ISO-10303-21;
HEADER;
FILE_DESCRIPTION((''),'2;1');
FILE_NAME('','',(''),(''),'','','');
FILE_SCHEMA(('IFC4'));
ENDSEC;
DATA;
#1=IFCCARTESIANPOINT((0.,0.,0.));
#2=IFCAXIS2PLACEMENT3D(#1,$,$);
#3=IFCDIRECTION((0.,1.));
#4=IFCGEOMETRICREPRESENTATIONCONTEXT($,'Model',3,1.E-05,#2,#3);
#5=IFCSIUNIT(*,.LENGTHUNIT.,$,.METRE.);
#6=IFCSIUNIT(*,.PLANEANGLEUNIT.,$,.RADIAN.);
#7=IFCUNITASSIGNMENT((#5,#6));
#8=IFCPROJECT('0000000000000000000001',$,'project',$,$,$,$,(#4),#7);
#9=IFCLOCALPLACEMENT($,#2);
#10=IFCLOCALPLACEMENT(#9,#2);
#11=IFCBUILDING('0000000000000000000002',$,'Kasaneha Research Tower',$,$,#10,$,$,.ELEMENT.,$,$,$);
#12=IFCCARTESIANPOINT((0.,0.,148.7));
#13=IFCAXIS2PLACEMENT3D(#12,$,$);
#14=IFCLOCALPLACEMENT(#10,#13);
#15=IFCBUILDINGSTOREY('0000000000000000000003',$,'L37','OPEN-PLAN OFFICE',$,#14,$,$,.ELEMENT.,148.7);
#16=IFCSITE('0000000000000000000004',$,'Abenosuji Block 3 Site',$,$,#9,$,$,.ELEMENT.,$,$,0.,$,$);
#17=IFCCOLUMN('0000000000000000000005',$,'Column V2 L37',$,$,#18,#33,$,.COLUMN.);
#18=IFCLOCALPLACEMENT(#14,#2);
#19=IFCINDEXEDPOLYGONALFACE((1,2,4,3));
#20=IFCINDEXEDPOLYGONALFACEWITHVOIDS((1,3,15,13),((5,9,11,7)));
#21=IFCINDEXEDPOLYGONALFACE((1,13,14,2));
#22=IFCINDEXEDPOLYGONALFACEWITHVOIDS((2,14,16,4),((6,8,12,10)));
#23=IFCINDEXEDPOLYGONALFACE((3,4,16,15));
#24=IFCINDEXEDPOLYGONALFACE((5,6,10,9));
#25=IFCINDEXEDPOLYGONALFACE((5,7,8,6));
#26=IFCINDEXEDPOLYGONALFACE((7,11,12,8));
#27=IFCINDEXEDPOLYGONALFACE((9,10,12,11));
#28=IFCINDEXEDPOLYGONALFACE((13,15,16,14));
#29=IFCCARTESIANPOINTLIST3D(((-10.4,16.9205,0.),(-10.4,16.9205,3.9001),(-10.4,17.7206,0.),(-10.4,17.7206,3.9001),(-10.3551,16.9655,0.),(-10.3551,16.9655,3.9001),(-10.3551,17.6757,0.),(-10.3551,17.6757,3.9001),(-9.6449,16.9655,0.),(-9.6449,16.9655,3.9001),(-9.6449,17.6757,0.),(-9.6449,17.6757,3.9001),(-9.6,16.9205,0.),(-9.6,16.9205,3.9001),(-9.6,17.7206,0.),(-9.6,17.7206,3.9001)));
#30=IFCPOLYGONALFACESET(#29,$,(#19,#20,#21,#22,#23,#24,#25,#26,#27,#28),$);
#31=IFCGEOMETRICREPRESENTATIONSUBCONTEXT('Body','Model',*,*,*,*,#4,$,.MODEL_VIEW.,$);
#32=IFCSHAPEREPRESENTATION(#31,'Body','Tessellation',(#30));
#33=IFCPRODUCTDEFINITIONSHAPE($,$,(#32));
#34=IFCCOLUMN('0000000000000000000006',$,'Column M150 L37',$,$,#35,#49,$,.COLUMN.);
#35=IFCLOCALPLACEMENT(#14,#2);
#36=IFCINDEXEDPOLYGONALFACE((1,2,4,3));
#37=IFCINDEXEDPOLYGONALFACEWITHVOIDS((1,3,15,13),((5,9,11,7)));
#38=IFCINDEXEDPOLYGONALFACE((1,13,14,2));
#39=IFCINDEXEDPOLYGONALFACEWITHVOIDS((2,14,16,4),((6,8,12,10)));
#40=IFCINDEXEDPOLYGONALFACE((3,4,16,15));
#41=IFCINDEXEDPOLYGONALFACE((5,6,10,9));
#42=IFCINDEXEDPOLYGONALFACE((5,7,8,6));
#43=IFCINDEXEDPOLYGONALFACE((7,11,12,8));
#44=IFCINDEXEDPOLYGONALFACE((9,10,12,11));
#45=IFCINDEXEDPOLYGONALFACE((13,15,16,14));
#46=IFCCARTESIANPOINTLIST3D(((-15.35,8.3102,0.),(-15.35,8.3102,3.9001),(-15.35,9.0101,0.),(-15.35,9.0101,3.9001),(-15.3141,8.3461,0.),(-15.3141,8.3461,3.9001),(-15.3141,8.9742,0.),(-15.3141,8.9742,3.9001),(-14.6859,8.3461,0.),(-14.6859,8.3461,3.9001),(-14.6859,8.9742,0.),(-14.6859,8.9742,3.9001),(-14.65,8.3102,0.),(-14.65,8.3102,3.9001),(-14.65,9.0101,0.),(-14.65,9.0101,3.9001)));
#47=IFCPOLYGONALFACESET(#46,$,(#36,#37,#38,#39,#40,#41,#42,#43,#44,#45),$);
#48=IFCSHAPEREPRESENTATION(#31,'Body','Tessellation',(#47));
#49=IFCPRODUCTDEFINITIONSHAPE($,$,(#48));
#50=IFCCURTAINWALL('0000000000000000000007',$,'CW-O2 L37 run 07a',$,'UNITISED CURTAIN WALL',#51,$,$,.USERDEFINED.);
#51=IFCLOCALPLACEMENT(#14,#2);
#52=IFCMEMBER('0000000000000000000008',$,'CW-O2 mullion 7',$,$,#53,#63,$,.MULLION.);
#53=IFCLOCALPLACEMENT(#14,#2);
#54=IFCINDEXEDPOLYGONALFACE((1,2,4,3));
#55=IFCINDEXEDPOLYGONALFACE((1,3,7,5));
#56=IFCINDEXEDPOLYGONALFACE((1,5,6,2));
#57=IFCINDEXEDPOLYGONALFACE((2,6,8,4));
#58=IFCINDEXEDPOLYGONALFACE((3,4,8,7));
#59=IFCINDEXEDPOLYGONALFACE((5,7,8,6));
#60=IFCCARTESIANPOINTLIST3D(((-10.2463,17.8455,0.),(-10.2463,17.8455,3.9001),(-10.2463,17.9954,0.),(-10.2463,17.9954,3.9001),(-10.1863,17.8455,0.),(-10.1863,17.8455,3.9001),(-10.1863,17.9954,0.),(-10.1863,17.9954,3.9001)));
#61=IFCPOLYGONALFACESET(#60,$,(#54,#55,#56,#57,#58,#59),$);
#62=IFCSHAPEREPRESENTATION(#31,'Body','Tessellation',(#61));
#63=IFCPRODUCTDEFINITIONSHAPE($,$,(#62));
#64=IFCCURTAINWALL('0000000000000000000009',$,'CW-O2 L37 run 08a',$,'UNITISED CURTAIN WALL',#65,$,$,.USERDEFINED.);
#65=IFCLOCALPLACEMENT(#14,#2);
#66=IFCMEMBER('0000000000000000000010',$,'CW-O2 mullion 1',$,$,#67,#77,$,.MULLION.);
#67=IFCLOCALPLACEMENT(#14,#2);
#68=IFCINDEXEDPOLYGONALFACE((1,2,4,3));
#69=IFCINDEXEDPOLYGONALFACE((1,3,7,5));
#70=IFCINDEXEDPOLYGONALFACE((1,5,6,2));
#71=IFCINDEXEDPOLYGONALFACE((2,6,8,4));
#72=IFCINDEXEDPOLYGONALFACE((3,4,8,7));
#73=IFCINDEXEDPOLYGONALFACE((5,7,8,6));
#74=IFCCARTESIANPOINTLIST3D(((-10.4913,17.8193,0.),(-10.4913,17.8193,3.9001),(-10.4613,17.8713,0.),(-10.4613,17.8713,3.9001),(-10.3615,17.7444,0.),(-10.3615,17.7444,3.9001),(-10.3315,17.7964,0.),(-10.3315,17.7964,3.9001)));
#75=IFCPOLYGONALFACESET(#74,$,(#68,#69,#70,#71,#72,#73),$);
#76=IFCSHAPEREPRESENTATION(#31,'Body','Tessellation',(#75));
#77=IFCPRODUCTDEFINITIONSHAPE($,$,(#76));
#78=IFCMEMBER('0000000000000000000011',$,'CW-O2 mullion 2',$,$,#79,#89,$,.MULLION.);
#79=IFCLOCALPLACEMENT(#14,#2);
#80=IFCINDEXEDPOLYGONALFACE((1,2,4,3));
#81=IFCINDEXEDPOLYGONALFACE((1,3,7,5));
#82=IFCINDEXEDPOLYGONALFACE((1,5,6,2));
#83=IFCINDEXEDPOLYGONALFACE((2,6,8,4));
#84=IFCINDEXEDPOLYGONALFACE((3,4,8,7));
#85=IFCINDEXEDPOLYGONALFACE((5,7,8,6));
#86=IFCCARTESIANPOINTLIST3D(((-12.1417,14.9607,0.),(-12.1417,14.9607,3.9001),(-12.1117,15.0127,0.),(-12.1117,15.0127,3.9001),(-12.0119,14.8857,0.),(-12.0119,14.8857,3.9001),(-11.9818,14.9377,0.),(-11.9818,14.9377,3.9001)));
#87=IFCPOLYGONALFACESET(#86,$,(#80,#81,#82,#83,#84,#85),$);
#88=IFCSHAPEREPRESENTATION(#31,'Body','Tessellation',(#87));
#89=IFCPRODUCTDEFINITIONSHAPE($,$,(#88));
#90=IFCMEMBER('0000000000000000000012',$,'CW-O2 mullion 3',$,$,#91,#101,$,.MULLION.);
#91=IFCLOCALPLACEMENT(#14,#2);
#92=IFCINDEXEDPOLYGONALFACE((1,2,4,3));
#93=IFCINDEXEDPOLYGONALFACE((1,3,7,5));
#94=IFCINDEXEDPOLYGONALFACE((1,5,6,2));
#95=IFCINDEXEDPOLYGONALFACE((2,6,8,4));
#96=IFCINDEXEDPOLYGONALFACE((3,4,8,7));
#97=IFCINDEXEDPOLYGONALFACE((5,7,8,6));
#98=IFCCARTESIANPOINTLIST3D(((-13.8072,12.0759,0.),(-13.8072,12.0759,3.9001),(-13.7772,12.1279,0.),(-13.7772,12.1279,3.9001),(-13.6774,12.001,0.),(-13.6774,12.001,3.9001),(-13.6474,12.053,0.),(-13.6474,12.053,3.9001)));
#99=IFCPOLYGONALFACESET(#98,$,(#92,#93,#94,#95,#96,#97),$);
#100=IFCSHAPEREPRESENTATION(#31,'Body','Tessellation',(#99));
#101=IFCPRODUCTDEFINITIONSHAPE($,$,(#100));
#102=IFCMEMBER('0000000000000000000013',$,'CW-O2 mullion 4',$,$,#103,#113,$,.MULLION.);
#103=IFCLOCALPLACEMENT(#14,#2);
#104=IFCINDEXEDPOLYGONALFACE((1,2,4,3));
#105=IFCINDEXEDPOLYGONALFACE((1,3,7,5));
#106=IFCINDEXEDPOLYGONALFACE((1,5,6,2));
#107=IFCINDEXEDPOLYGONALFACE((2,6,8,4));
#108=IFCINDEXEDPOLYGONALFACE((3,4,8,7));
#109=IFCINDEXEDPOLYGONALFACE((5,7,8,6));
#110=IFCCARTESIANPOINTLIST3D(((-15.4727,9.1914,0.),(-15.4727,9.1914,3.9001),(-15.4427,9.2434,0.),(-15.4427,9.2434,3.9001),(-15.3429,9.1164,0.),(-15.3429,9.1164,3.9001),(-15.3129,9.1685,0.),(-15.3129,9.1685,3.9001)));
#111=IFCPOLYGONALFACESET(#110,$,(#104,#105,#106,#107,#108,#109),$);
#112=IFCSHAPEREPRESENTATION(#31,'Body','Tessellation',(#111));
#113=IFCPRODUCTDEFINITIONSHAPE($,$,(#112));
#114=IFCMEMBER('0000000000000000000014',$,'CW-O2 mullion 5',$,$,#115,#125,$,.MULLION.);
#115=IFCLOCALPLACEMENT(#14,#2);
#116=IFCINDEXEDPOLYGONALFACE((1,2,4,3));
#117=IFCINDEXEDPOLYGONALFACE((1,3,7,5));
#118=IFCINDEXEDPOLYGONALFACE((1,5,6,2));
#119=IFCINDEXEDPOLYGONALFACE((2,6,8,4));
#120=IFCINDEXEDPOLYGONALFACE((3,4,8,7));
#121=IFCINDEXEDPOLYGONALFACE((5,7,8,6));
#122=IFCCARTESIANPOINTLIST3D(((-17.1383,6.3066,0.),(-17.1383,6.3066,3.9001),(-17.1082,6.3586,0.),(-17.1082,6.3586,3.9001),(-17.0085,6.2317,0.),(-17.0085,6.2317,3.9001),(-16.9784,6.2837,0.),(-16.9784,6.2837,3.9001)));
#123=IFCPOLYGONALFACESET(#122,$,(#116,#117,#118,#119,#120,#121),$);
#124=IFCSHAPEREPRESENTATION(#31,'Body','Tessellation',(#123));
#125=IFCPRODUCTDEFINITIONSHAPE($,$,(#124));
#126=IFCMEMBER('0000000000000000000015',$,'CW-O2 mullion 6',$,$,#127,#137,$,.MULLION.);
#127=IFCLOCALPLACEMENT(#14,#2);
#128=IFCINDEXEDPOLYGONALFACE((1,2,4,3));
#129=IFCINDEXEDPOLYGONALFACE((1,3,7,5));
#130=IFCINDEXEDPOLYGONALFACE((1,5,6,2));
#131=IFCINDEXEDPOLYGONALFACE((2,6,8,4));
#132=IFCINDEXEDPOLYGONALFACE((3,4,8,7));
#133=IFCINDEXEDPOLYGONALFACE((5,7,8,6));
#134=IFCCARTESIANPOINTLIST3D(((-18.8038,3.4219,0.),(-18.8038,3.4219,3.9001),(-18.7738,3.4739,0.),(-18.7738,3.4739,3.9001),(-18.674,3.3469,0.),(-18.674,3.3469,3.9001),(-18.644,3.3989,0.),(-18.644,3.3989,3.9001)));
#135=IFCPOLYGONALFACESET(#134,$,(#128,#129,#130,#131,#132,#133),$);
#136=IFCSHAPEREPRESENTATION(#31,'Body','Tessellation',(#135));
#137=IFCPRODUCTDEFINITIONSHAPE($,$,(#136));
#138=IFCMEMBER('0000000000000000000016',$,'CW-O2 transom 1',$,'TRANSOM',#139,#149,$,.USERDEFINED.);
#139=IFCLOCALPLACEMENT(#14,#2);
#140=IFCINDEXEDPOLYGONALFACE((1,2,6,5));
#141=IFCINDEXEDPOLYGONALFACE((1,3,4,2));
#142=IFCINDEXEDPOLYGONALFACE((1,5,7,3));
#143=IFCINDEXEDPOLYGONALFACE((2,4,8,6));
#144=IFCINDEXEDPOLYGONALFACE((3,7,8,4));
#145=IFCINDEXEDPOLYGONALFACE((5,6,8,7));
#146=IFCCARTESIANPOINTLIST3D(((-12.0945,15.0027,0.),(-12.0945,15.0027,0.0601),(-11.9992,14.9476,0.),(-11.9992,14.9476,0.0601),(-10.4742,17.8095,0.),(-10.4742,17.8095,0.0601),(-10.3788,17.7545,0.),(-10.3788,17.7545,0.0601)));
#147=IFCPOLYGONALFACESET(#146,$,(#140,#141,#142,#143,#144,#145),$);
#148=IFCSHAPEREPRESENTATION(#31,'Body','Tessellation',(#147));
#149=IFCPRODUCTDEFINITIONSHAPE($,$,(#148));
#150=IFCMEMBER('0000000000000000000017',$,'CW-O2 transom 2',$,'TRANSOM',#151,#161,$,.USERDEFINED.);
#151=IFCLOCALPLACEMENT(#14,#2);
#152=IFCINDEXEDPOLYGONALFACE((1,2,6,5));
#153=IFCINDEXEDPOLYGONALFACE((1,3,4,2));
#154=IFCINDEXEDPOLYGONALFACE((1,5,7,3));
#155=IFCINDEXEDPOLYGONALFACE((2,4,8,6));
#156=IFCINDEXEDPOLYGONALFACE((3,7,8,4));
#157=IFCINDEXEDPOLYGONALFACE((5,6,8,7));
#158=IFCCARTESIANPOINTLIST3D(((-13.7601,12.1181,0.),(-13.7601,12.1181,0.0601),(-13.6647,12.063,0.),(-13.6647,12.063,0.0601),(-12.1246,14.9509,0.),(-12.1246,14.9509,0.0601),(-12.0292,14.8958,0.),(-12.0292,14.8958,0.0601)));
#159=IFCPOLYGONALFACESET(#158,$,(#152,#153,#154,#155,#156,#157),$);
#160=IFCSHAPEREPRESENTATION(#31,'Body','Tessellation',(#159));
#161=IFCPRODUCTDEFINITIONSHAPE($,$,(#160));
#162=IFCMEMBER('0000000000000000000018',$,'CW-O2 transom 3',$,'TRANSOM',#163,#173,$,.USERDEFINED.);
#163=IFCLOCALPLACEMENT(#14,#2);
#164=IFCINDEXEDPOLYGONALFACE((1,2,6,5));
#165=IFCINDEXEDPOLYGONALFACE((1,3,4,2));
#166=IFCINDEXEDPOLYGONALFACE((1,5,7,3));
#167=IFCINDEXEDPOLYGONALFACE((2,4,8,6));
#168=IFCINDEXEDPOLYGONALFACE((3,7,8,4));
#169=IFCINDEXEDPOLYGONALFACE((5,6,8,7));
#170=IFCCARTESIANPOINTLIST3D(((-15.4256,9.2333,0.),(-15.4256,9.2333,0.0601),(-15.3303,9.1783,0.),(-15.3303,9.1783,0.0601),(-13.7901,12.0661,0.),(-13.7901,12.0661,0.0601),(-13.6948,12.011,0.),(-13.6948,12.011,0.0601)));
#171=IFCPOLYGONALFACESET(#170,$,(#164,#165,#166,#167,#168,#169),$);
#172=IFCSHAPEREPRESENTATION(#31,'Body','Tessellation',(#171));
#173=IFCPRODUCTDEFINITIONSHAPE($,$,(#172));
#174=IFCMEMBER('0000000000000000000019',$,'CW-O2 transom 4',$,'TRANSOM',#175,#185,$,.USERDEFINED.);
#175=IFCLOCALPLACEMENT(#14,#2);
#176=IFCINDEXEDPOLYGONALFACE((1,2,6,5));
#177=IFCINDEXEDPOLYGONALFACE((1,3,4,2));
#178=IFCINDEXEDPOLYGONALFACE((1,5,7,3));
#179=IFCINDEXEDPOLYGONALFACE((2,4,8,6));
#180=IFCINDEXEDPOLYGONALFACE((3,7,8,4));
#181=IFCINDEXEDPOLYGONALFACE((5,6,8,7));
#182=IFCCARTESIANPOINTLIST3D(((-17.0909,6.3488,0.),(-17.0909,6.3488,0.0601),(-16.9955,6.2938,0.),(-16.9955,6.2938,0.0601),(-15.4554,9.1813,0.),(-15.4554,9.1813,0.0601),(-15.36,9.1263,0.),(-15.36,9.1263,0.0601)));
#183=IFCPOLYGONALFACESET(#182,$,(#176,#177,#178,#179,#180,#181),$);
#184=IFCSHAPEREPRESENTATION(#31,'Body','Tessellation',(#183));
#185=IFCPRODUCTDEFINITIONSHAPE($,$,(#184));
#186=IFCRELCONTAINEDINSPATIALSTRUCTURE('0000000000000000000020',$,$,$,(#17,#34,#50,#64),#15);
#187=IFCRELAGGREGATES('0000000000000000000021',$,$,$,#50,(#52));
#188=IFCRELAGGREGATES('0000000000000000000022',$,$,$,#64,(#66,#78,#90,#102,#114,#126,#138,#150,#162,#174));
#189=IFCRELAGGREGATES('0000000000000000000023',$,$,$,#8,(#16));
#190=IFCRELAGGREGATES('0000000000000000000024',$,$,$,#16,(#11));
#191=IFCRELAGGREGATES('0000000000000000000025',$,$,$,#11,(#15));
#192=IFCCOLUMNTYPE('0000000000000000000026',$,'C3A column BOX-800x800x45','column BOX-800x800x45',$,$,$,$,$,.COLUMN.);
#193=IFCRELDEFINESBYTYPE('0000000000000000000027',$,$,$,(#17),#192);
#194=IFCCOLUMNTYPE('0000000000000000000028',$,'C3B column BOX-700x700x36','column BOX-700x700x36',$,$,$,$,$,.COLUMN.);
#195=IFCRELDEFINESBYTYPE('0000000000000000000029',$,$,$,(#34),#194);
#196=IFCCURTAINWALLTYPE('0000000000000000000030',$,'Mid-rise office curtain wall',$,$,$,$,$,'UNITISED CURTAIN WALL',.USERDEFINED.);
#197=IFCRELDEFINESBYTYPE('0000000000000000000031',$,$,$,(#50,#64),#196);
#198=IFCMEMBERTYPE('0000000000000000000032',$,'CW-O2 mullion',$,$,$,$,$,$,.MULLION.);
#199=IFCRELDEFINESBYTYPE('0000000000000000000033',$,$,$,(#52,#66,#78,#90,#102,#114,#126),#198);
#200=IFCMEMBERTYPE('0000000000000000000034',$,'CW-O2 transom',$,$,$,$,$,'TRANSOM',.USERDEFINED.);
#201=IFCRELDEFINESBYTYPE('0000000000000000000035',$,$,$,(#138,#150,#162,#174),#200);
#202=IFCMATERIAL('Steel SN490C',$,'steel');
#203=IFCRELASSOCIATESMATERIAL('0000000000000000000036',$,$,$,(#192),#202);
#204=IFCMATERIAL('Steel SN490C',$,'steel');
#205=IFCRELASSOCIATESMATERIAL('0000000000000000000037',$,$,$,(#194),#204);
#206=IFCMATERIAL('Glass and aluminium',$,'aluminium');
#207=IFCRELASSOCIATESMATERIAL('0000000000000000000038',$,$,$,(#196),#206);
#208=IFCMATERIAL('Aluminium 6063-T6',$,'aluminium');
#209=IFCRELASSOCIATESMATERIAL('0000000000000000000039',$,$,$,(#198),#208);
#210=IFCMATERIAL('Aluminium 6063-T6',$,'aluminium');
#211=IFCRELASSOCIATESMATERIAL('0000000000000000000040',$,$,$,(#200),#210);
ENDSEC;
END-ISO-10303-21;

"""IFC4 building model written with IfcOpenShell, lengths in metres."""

from ifc_helpers import new_model, si_unit, direction, frame, origin, origin_2d, place, context, subcontext, project, spatial, rectangle, hollow_rectangle, extrude, material, material_profile, profile_set, type_object, element, aggregate, save


model = new_model("IFC4")

# Units and contexts
model_context = context("Model", 3, precision=1e-05, world=origin(), true_north=direction((0.0, 1.0)))
body_context = subcontext(model_context, "Body", "Model", "MODEL_VIEW")
ifc_project = project(units=[si_unit("LENGTHUNIT", "METRE"), si_unit("PLANEANGLEUNIT", "RADIAN")], contexts=[model_context])

# Site, building, storey
site_placement = place(None, origin())
site = spatial("IfcSite", under=ifc_project, at=site_placement, Name="Abenosuji Block 3 Site", CompositionType="ELEMENT", RefElevation=0.0)
building_placement = place(site_placement, origin())
building = spatial("IfcBuilding", under=site, at=building_placement, Name="Kasaneha Research Tower", CompositionType="ELEMENT")
storey_placement = place(building_placement, frame((0.0, 0.0, 148.7)))
storey = spatial("IfcBuildingStorey", under=building, at=storey_placement, Name="L37", Description="OPEN-PLAN OFFICE", CompositionType="ELEMENT", Elevation=148.7)

# Columns
ifc_material_1 = material(Name="Steel SN490C", Category="steel")
ifc_material_profile_1 = material_profile(ifc_material_1, hollow_rectangle(XDim=0.8, YDim=0.8, WallThickness=0.0449, at=origin_2d()), Name="BOX-800x800x45")
ifc_profile_set_1 = profile_set([ifc_material_profile_1], Name="Steel SN490C")
column_type_1 = type_object("IfcColumnType", Name="C3A column BOX-800x800x45", Description="column BOX-800x800x45", PredefinedType="COLUMN", material=ifc_profile_set_1)
column_1_placement = place(storey_placement, frame((-10.0, 17.3206, 0.0), z_axis=(0.0, 0.0, 1.0), x_axis=(1.0, 0.0, 0.0)))
element("IfcColumn", 1, at=column_1_placement, inside=storey, type_object=column_type_1, Name="Column V2 L37", PredefinedType="COLUMN", context=body_context, shape_type="SweptSolid", body=[
    extrude(hollow_rectangle(XDim=0.8, YDim=0.8, WallThickness=0.0449, at=origin_2d()), origin(), (0.0, 0.0, 1.0), 3.9001),
])
ifc_material_2 = material(Name="Steel SN490C", Category="steel")
ifc_material_profile_2 = material_profile(ifc_material_2, hollow_rectangle(XDim=0.7, YDim=0.7, WallThickness=0.0359, at=origin_2d()), Name="BOX-700x700x36")
ifc_profile_set_2 = profile_set([ifc_material_profile_2], Name="Steel SN490C")
column_type_2 = type_object("IfcColumnType", Name="C3B column BOX-700x700x36", Description="column BOX-700x700x36", PredefinedType="COLUMN", material=ifc_profile_set_2)
column_2_placement = place(storey_placement, frame((-15.0, 8.6602, 0.0), z_axis=(0.0, 0.0, 1.0), x_axis=(1.0, 0.0, 0.0)))
element("IfcColumn", 2, at=column_2_placement, inside=storey, type_object=column_type_2, Name="Column M150 L37", PredefinedType="COLUMN", context=body_context, shape_type="SweptSolid", body=[
    extrude(hollow_rectangle(XDim=0.7, YDim=0.7, WallThickness=0.0359, at=origin_2d()), origin(), (0.0, 0.0, 1.0), 3.9001),
])

# Curtain wall, member
ifc_material_3 = material(Name="Glass and aluminium", Category="aluminium")
curtain_wall_type = type_object("IfcCurtainWallType", Name="Mid-rise office curtain wall", ElementType="UNITISED CURTAIN WALL", PredefinedType="USERDEFINED", material=ifc_material_3)
curtain_wall_1_placement = place(storey_placement, origin())
curtain_wall_1 = element("IfcCurtainWall", 3, at=curtain_wall_1_placement, inside=storey, type_object=curtain_wall_type, Name="CW-O2 L37 run 07a", ObjectType="UNITISED CURTAIN WALL", PredefinedType="USERDEFINED")
ifc_material_4 = material(Name="Aluminium 6063-T6", Category="aluminium")
ifc_material_profile_3 = material_profile(ifc_material_4, rectangle(XDim=0.0601, YDim=0.1499, at=origin_2d()), Name="CW-O2 mullion 60x150")
ifc_profile_set_3 = profile_set([ifc_material_profile_3], Name="Aluminium 6063-T6")
member_type_1 = type_object("IfcMemberType", Name="CW-O2 mullion", PredefinedType="MULLION", material=ifc_profile_set_3)
member_1_placement = place(storey_placement, frame((-10.2163, 17.9204, 0.0), z_axis=(0.0, 0.0, 1.0), x_axis=(-1.0, 0.0, 0.0)))
member_1 = element("IfcMember", 4, at=member_1_placement, type_object=member_type_1, Name="CW-O2 mullion 7", PredefinedType="MULLION", context=body_context, shape_type="SweptSolid", body=[
    extrude(rectangle(XDim=0.0601, YDim=0.1499, at=origin_2d()), origin(), (0.0, 0.0, 1.0), 3.9001),
])
aggregate(curtain_wall_1, [member_1])

# Curtain wall, members
curtain_wall_2_placement = place(storey_placement, origin())
curtain_wall_2 = element("IfcCurtainWall", 5, at=curtain_wall_2_placement, inside=storey, type_object=curtain_wall_type, Name="CW-O2 L37 run 08a", ObjectType="UNITISED CURTAIN WALL", PredefinedType="USERDEFINED")
member_2_placement = place(storey_placement, frame((-10.4114, 17.8079, 0.0), z_axis=(0.0, 0.0, 1.0), x_axis=(-0.5, -0.866025, 0.0)))
member_2 = element("IfcMember", 6, at=member_2_placement, type_object=member_type_1, Name="CW-O2 mullion 1", PredefinedType="MULLION", context=body_context, shape_type="SweptSolid", body=[
    extrude(rectangle(XDim=0.0601, YDim=0.1499, at=origin_2d()), origin(), (0.0, 0.0, 1.0), 3.9001),
])
member_3_placement = place(storey_placement, frame((-12.0618, 14.9492, 0.0), z_axis=(0.0, 0.0, 1.0), x_axis=(-0.5, -0.866025, 0.0)))
member_3 = element("IfcMember", 7, at=member_3_placement, type_object=member_type_1, Name="CW-O2 mullion 2", PredefinedType="MULLION", context=body_context, shape_type="SweptSolid", body=[
    extrude(rectangle(XDim=0.0601, YDim=0.1499, at=origin_2d()), origin(), (0.0, 0.0, 1.0), 3.9001),
])
member_4_placement = place(storey_placement, frame((-13.7273, 12.0645, 0.0), z_axis=(0.0, 0.0, 1.0), x_axis=(-0.5, -0.866025, 0.0)))
member_4 = element("IfcMember", 8, at=member_4_placement, type_object=member_type_1, Name="CW-O2 mullion 3", PredefinedType="MULLION", context=body_context, shape_type="SweptSolid", body=[
    extrude(rectangle(XDim=0.0601, YDim=0.1499, at=origin_2d()), origin(), (0.0, 0.0, 1.0), 3.9001),
])
member_5_placement = place(storey_placement, frame((-15.3928, 9.1799, 0.0), z_axis=(0.0, 0.0, 1.0), x_axis=(-0.5, -0.866025, 0.0)))
member_5 = element("IfcMember", 9, at=member_5_placement, type_object=member_type_1, Name="CW-O2 mullion 4", PredefinedType="MULLION", context=body_context, shape_type="SweptSolid", body=[
    extrude(rectangle(XDim=0.0601, YDim=0.1499, at=origin_2d()), origin(), (0.0, 0.0, 1.0), 3.9001),
])
member_6_placement = place(storey_placement, frame((-17.0583, 6.2952, 0.0), z_axis=(0.0, 0.0, 1.0), x_axis=(-0.5, -0.866025, 0.0)))
member_6 = element("IfcMember", 10, at=member_6_placement, type_object=member_type_1, Name="CW-O2 mullion 5", PredefinedType="MULLION", context=body_context, shape_type="SweptSolid", body=[
    extrude(rectangle(XDim=0.0601, YDim=0.1499, at=origin_2d()), origin(), (0.0, 0.0, 1.0), 3.9001),
])
member_7_placement = place(storey_placement, frame((-18.7239, 3.4104, 0.0), z_axis=(0.0, 0.0, 1.0), x_axis=(-0.5, -0.866025, 0.0)))
member_7 = element("IfcMember", 11, at=member_7_placement, type_object=member_type_1, Name="CW-O2 mullion 6", PredefinedType="MULLION", context=body_context, shape_type="SweptSolid", body=[
    extrude(rectangle(XDim=0.0601, YDim=0.1499, at=origin_2d()), origin(), (0.0, 0.0, 1.0), 3.9001),
])
ifc_material_5 = material(Name="Aluminium 6063-T6", Category="aluminium")
ifc_material_profile_4 = material_profile(ifc_material_5, rectangle(XDim=0.1101, YDim=0.0601, at=origin_2d()), Name="CW-O2 transom 110x60")
ifc_profile_set_4 = profile_set([ifc_material_profile_4], Name="Aluminium 6063-T6")
member_type_2 = type_object("IfcMemberType", Name="CW-O2 transom", ElementType="TRANSOM", PredefinedType="USERDEFINED", material=ifc_profile_set_4)
member_8_placement = place(storey_placement, frame((-10.4265, 17.782, 0.03), z_axis=(-0.499955, -0.866051, 0.0), x_axis=(0.866051, -0.499955, 0.0)))
member_8 = element("IfcMember", 12, at=member_8_placement, type_object=member_type_2, Name="CW-O2 transom 1", ObjectType="TRANSOM", PredefinedType="USERDEFINED", context=body_context, shape_type="SweptSolid", body=[
    extrude(rectangle(XDim=0.1101, YDim=0.0601, at=origin_2d()), origin(), (0.0, 0.0, 1.0), 3.241),
])
member_9_placement = place(storey_placement, frame((-12.0769, 14.9233, 0.03), z_axis=(-0.5, -0.866025, 0.0), x_axis=(0.866025, -0.5, 0.0)))
member_9 = element("IfcMember", 13, at=member_9_placement, type_object=member_type_2, Name="CW-O2 transom 2", ObjectType="TRANSOM", PredefinedType="USERDEFINED", context=body_context, shape_type="SweptSolid", body=[
    extrude(rectangle(XDim=0.1101, YDim=0.0601, at=origin_2d()), origin(), (0.0, 0.0, 1.0), 3.271),
])
member_10_placement = place(storey_placement, frame((-13.7424, 12.0386, 0.03), z_axis=(-0.5, -0.866025, 0.0), x_axis=(0.866025, -0.5, 0.0)))
member_10 = element("IfcMember", 14, at=member_10_placement, type_object=member_type_2, Name="CW-O2 transom 3", ObjectType="TRANSOM", PredefinedType="USERDEFINED", context=body_context, shape_type="SweptSolid", body=[
    extrude(rectangle(XDim=0.1101, YDim=0.0601, at=origin_2d()), origin(), (0.0, 0.0, 1.0), 3.271),
])
member_11_placement = place(storey_placement, frame((-15.4077, 9.1538, 0.03), z_axis=(-0.500033, -0.866007, 0.0), x_axis=(0.866007, -0.500033, 0.0)))
member_11 = element("IfcMember", 15, at=member_11_placement, type_object=member_type_2, Name="CW-O2 transom 4", ObjectType="TRANSOM", PredefinedType="USERDEFINED", context=body_context, shape_type="SweptSolid", body=[
    extrude(rectangle(XDim=0.1101, YDim=0.0601, at=origin_2d()), origin(), (0.0, 0.0, 1.0), 3.2708),
])
aggregate(curtain_wall_2, [member_2, member_3, member_4, member_5, member_6, member_7, member_8, member_9, member_10, member_11])

save(model, "model.ifc")
